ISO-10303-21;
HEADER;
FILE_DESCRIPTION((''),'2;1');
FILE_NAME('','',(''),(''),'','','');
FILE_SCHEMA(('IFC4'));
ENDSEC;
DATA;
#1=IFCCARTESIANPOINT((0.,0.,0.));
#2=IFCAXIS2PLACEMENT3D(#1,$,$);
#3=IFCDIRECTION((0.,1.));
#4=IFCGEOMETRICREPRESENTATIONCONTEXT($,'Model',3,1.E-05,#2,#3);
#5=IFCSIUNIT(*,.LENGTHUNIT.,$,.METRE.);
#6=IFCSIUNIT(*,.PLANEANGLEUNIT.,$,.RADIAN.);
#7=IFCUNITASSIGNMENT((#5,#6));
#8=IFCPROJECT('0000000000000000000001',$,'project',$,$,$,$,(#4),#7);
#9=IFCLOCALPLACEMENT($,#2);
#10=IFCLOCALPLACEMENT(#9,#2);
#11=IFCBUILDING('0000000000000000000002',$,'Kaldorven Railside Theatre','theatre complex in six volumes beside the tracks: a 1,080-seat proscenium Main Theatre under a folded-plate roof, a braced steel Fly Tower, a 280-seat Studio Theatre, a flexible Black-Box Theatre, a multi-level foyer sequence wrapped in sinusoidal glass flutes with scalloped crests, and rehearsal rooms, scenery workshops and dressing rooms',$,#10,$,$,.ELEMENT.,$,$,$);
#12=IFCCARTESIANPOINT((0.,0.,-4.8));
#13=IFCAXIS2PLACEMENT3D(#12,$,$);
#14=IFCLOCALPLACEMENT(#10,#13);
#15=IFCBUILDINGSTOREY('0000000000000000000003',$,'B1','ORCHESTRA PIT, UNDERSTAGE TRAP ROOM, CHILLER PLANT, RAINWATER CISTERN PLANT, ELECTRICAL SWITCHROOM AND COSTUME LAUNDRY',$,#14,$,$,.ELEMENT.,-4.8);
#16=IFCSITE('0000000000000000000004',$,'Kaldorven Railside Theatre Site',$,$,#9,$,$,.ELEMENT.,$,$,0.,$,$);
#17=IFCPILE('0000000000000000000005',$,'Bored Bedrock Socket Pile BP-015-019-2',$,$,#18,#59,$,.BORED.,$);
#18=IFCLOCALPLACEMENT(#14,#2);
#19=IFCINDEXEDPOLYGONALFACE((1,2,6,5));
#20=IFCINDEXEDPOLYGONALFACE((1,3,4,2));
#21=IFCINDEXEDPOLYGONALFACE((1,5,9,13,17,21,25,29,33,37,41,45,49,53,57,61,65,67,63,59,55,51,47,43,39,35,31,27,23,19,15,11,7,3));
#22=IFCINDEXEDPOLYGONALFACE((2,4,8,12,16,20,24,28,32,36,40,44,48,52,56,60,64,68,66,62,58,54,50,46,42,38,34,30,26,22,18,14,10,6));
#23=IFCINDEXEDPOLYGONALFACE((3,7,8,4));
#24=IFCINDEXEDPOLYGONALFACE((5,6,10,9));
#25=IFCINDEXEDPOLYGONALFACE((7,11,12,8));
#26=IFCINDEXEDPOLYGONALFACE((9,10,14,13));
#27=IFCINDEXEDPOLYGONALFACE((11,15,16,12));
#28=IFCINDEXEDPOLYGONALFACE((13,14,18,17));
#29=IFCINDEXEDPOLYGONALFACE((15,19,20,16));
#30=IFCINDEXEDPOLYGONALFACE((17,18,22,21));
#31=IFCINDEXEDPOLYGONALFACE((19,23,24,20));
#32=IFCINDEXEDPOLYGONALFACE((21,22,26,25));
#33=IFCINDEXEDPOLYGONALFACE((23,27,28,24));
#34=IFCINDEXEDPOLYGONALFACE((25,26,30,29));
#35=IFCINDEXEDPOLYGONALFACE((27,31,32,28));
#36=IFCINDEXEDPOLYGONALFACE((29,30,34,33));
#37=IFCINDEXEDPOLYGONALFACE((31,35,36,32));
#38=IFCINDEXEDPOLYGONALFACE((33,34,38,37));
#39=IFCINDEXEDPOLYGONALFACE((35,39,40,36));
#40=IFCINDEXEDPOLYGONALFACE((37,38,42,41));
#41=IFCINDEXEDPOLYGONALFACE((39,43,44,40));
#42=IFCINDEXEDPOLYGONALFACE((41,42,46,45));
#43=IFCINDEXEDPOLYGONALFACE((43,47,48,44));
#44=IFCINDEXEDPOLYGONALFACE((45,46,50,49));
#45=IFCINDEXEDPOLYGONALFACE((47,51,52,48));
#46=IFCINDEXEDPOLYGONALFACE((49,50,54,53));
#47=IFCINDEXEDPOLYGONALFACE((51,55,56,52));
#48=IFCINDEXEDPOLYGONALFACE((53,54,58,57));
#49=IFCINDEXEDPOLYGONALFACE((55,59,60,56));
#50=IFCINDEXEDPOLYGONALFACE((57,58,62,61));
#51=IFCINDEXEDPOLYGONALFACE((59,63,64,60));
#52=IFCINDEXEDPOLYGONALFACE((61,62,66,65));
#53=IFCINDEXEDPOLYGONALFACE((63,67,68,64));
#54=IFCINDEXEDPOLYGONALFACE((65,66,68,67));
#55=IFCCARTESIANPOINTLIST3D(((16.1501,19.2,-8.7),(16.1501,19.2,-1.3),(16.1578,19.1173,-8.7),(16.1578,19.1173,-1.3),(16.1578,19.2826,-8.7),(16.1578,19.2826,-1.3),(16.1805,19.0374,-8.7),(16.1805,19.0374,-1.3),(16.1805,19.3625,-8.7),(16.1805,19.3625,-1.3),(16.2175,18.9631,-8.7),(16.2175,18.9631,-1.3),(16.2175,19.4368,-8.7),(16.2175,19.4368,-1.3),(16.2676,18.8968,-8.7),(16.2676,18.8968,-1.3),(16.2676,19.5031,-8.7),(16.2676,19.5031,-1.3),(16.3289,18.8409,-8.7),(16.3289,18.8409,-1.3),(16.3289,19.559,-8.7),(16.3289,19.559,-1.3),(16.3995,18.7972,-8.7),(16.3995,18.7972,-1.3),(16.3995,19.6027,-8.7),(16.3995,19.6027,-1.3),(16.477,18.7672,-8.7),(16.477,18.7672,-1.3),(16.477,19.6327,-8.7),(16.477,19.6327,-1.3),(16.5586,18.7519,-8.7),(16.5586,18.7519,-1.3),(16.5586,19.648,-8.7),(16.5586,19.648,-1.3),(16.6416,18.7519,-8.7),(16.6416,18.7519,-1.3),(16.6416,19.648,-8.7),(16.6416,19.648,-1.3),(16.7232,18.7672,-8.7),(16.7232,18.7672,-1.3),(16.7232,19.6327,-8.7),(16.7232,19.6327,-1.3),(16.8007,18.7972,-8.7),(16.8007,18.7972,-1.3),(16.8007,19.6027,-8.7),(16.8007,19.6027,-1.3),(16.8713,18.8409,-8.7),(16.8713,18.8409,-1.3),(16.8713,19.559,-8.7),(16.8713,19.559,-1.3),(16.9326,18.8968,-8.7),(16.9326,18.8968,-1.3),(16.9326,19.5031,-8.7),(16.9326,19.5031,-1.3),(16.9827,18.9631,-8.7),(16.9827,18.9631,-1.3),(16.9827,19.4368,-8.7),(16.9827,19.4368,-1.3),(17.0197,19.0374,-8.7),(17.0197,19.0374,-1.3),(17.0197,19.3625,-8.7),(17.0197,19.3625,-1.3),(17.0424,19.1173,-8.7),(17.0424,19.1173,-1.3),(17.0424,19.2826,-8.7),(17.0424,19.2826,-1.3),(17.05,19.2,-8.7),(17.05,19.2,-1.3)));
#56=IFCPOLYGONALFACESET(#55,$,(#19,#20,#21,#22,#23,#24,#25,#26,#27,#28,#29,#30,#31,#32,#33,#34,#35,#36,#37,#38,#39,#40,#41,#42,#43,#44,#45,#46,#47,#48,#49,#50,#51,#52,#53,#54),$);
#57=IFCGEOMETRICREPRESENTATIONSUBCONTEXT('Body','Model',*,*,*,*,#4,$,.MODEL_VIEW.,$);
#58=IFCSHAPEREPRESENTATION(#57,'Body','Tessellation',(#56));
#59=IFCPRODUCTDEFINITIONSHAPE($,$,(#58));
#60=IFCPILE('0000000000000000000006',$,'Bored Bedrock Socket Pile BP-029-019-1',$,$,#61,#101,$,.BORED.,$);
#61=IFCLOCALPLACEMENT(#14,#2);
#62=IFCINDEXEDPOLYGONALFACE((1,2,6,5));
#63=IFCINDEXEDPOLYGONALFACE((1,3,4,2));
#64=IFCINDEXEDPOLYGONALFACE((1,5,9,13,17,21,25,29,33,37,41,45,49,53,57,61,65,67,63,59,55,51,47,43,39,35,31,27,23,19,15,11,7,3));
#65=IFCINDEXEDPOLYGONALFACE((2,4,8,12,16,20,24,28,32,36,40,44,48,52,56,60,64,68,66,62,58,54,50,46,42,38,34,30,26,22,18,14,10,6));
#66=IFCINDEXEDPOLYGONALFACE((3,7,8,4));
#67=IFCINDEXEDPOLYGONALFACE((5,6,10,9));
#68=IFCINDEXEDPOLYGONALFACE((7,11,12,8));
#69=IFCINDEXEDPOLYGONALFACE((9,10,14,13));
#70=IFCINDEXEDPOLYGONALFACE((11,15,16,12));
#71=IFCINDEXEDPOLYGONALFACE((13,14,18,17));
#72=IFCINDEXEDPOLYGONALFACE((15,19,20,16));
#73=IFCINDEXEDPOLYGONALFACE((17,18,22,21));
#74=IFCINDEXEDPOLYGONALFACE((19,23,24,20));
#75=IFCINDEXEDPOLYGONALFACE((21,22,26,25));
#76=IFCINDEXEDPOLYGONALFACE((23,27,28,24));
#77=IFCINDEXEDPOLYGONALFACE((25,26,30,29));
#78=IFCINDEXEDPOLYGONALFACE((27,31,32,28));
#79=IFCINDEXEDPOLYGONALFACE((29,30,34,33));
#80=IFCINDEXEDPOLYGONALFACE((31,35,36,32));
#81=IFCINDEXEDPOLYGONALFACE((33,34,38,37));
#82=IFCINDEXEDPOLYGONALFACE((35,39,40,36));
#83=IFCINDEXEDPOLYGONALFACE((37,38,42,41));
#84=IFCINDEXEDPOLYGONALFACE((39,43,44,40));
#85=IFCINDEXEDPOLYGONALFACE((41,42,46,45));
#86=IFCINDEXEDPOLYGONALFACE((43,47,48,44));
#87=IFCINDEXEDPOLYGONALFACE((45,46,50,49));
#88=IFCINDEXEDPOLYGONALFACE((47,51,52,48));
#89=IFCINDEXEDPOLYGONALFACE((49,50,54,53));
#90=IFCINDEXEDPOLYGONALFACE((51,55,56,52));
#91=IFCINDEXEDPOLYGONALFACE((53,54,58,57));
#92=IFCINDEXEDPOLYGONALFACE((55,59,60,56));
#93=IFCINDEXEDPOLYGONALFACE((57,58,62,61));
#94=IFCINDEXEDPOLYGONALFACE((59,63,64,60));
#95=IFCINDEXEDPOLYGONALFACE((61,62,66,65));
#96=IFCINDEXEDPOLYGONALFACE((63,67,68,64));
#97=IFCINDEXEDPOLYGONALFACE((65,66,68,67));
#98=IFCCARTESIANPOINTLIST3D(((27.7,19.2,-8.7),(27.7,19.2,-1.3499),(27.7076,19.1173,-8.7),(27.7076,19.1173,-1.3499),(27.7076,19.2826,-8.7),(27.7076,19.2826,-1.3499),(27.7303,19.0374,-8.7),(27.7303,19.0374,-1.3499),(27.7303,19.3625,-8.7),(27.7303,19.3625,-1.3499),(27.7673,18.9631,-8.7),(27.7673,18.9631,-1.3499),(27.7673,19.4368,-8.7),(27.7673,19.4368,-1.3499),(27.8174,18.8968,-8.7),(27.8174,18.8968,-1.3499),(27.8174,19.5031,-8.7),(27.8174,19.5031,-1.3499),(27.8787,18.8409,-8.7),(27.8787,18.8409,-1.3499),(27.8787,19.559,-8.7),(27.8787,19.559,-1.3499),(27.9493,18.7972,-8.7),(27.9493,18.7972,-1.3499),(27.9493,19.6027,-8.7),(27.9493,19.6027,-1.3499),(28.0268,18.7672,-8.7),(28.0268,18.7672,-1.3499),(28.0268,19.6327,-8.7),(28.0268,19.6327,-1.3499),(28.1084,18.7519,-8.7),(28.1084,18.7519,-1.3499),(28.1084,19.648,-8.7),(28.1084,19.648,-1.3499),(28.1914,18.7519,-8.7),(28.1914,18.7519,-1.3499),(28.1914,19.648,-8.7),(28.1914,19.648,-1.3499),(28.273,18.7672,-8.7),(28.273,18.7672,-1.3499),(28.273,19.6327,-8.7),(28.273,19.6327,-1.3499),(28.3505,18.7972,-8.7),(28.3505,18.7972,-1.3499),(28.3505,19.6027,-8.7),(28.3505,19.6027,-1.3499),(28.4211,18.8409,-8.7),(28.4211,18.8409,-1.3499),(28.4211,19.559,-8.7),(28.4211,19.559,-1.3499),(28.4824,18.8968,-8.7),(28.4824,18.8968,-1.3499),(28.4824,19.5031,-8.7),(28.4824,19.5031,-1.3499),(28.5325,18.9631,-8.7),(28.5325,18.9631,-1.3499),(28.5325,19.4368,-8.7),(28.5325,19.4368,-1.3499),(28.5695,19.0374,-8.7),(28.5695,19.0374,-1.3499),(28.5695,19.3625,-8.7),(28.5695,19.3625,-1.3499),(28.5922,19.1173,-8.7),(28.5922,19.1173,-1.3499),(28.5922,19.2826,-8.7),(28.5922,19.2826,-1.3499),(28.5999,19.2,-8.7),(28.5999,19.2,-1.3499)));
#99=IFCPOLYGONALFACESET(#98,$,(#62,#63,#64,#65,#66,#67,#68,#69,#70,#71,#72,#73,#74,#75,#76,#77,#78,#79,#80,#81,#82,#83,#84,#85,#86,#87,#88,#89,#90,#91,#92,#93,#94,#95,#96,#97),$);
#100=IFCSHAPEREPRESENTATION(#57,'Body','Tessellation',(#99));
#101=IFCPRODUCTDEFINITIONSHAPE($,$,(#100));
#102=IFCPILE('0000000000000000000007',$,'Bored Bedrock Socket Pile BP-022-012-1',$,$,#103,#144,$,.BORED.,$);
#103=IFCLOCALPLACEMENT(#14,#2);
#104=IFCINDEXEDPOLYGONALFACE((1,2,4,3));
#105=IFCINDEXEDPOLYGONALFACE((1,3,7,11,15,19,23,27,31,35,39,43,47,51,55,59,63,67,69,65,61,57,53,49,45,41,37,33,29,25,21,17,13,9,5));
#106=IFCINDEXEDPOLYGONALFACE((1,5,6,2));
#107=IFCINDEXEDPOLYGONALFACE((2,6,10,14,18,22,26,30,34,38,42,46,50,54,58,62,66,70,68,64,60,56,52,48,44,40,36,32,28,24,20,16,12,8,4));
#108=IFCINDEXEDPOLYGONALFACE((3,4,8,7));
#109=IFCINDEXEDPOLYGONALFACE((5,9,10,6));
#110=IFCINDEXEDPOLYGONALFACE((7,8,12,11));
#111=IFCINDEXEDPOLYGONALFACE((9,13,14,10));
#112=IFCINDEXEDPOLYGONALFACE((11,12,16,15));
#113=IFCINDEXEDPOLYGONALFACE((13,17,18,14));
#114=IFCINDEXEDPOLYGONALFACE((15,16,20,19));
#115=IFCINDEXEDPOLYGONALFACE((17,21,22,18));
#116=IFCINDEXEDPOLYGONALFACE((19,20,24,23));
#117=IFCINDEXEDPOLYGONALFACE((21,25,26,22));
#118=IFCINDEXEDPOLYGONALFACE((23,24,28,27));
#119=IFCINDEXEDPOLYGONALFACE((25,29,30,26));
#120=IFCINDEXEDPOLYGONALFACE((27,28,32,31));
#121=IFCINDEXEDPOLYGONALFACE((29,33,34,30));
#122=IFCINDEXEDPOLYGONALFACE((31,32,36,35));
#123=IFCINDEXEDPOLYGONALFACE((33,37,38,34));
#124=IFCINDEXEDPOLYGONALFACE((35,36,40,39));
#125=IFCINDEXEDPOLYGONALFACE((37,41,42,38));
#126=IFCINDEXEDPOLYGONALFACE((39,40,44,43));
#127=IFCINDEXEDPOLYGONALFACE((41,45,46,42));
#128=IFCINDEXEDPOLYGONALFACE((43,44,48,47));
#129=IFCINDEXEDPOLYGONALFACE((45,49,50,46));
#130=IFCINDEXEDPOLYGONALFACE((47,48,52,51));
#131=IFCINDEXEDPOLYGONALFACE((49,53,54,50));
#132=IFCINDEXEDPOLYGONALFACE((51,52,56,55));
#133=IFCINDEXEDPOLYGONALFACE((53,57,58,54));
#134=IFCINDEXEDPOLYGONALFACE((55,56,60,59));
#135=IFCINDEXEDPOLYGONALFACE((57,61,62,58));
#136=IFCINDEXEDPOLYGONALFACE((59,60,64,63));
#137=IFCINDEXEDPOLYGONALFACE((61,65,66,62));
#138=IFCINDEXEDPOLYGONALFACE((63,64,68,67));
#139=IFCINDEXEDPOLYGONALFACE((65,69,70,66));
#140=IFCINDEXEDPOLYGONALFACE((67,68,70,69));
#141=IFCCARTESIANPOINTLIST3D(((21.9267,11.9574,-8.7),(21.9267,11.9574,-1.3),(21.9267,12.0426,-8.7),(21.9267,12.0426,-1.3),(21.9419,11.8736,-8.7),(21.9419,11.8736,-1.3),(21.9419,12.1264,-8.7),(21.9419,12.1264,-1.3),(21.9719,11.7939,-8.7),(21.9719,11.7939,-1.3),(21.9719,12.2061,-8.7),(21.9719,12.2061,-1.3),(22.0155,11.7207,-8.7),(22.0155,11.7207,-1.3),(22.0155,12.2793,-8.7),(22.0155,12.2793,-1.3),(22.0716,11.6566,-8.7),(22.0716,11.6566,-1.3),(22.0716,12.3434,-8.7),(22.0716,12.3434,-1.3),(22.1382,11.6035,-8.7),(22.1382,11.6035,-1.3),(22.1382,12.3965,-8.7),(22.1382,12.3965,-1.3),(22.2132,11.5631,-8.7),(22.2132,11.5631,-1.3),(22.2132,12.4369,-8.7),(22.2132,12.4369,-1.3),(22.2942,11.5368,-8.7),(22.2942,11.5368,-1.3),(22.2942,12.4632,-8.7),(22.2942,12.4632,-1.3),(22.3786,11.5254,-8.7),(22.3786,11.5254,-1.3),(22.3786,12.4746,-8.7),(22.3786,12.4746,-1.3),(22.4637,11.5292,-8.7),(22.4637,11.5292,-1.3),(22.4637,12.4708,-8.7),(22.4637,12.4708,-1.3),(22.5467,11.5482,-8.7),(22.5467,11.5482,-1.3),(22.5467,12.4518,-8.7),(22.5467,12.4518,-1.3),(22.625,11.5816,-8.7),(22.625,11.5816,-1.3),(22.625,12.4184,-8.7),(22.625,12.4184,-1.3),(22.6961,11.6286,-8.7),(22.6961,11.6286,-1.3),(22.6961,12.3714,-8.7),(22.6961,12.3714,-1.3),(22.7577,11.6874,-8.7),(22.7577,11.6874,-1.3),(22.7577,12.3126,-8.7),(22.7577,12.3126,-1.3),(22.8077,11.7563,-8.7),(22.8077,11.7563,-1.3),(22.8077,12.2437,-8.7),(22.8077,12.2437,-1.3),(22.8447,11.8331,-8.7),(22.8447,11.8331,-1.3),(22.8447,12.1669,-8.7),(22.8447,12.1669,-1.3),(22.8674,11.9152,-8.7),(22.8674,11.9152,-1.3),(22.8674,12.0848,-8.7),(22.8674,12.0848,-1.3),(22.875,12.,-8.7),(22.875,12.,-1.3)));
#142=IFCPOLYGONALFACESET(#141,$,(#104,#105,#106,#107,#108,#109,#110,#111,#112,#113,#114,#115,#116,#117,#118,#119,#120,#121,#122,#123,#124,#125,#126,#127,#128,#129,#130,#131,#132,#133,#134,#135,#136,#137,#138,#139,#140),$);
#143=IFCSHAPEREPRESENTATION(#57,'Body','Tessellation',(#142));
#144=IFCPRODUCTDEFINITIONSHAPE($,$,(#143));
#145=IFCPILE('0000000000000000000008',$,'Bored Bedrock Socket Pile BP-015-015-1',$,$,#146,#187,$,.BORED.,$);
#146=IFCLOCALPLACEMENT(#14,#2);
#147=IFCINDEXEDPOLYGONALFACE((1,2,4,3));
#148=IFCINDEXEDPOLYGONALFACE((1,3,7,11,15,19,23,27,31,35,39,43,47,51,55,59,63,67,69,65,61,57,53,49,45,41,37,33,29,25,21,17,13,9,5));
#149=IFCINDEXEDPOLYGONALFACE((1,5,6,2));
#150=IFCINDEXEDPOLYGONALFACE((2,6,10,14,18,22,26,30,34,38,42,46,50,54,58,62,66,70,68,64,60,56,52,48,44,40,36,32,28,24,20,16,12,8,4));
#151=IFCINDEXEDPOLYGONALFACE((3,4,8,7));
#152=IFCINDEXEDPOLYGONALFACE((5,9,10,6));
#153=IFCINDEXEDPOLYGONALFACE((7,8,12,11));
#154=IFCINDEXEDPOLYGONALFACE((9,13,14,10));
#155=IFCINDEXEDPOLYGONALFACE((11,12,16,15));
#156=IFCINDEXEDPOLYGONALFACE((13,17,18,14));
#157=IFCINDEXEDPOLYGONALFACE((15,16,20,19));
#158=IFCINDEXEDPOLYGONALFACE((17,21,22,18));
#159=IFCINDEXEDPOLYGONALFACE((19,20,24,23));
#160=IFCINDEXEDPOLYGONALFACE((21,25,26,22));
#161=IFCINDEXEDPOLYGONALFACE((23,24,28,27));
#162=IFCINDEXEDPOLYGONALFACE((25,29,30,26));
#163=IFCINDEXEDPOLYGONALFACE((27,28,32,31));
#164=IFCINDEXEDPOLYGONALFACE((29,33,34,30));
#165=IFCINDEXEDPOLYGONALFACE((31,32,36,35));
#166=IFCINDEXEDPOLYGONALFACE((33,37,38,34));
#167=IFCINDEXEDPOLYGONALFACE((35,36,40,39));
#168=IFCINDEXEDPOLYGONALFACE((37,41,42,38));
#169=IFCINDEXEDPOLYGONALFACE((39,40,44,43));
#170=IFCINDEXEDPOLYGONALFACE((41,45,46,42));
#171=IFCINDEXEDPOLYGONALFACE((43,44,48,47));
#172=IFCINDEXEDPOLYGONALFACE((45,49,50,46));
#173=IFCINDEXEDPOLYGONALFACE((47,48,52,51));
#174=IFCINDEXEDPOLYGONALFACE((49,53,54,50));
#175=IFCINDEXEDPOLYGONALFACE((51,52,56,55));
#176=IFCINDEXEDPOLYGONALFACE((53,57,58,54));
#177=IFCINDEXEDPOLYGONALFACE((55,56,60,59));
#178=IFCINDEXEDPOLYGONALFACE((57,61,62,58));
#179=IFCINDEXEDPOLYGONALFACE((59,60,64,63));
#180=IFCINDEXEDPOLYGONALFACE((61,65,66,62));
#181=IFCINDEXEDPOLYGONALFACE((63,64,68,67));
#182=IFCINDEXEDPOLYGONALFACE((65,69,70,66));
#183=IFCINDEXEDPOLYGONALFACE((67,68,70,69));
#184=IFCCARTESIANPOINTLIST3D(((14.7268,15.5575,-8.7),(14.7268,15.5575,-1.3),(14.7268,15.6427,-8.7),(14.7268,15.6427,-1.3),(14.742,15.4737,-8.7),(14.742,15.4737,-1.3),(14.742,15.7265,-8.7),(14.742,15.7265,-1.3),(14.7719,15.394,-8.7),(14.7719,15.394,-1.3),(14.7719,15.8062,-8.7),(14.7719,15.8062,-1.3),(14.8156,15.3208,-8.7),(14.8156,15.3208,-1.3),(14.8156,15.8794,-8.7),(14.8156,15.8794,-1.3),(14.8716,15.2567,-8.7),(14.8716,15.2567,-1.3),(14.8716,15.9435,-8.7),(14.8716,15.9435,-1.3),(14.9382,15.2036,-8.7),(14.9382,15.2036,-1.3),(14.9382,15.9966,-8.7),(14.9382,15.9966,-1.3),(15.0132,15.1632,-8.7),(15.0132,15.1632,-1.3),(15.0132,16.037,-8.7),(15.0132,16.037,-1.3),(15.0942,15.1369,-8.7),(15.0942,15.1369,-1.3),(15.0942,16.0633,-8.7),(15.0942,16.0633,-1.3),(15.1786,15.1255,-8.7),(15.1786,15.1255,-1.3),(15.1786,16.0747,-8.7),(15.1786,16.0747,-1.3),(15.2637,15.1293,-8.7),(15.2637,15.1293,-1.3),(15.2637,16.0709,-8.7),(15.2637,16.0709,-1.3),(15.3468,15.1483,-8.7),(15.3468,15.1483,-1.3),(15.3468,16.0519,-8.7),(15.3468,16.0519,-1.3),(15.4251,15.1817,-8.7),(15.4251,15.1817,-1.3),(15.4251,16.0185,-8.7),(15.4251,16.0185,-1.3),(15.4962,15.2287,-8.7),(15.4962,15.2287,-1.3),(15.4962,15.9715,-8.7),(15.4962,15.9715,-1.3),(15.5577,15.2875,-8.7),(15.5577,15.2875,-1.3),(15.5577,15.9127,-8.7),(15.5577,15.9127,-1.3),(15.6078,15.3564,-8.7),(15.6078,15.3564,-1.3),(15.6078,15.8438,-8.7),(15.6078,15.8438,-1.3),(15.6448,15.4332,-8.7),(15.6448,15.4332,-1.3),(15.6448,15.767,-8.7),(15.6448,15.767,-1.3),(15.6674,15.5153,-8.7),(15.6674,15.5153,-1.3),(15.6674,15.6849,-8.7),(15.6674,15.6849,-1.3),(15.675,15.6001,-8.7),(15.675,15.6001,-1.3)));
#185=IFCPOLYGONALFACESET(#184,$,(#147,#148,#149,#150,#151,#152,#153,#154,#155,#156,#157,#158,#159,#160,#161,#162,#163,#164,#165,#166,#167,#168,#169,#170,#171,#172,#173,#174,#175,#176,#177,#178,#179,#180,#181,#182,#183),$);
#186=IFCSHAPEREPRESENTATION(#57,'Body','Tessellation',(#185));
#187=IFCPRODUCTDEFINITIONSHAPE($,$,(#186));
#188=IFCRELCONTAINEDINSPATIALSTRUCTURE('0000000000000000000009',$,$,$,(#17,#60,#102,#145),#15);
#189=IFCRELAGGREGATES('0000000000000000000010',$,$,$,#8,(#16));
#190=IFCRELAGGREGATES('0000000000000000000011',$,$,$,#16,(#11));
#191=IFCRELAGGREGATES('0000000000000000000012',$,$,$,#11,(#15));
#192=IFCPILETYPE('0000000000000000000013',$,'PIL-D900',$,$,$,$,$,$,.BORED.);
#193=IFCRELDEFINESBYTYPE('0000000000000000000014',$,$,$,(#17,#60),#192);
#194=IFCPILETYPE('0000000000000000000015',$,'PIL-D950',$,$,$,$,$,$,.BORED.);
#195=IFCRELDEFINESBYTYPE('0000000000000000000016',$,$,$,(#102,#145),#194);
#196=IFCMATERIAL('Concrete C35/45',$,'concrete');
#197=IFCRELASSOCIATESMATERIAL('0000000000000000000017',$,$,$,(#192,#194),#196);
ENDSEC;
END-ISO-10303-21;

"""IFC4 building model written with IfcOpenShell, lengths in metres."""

from ifc_helpers import new_model, si_unit, direction, frame, origin, origin_2d, place, context, subcontext, project, spatial, circle, extrude, material, material_profile, profile_set, type_object, element, save


model = new_model("IFC4")

# Units and contexts
model_context = context("Model", 3, precision=1e-05, world=origin(), true_north=direction((0.0, 1.0)))
body_context = subcontext(model_context, "Body", "Model", "MODEL_VIEW")
ifc_project = project(units=[si_unit("LENGTHUNIT", "METRE"), si_unit("PLANEANGLEUNIT", "RADIAN")], contexts=[model_context])

# Site, building, storey
site_placement = place(None, origin())
site = spatial("IfcSite", under=ifc_project, at=site_placement, Name="Kaldorven Railside Theatre Site", CompositionType="ELEMENT", RefElevation=0.0)
building_placement = place(site_placement, origin())
building = spatial("IfcBuilding", under=site, at=building_placement, Name="Kaldorven Railside Theatre", Description="theatre complex in six volumes beside the tracks: a 1,080-seat proscenium Main Theatre under a folded-plate roof, a braced steel Fly Tower, a 280-seat Studio Theatre, a flexible Black-Box Theatre, a multi-level foyer sequence wrapped in sinusoidal glass flutes with scalloped crests, and rehearsal rooms, scenery workshops and dressing rooms", CompositionType="ELEMENT")
storey_placement = place(building_placement, frame((0.0, 0.0, -4.8)))
storey = spatial("IfcBuildingStorey", under=building, at=storey_placement, Name="B1", Description="ORCHESTRA PIT, UNDERSTAGE TRAP ROOM, CHILLER PLANT, RAINWATER CISTERN PLANT, ELECTRICAL SWITCHROOM AND COSTUME LAUNDRY", CompositionType="ELEMENT", Elevation=-4.8)

# Piles
ifc_material_1 = material(Name="Concrete C35/45", Category="concrete")
ifc_material_profile_1 = material_profile(ifc_material_1, circle(Radius=0.45, at=origin_2d()), Name="BP D900")
ifc_profile_set_1 = profile_set([ifc_material_profile_1], Name="Concrete C35/45")
pile_type_1 = type_object("IfcPileType", Name="PIL-D900", PredefinedType="BORED", material=ifc_profile_set_1)
for number, where, z_axis, x_axis, name in (
    (1, (16.6001, 19.2, -1.3), (0.0, 0.0, -1.0), (1.0, 0.0, 0.0), "Bored Bedrock Socket Pile BP-015-019-2"),
):
    element("IfcPile", number, at=place(storey_placement, frame(where, z_axis=z_axis, x_axis=x_axis)), inside=storey, type_object=pile_type_1, Name=name, PredefinedType="BORED", context=body_context, shape_type="SweptSolid", body=[
        extrude(circle(Radius=0.45, at=origin_2d()), origin(), (0.0, 0.0, 1.0), 7.3999),
    ])
pile_placement = place(storey_placement, frame((28.1499, 19.2, -1.3499), z_axis=(0.0, 0.0, -1.0), x_axis=(1.0, 0.0, 0.0)))
element("IfcPile", 2, at=pile_placement, inside=storey, type_object=pile_type_1, Name="Bored Bedrock Socket Pile BP-029-019-1", PredefinedType="BORED", context=body_context, shape_type="SweptSolid", body=[
    extrude(circle(Radius=0.45, at=origin_2d()), origin(), (0.0, 0.0, 1.0), 7.3501),
])
ifc_material_profile_2 = material_profile(ifc_material_1, circle(Radius=0.4751, at=origin_2d()), Name="BP D950")
ifc_profile_set_2 = profile_set([ifc_material_profile_2], Name="Concrete C35/45")
pile_type_2 = type_object("IfcPileType", Name="PIL-D950", PredefinedType="BORED", material=ifc_profile_set_2)
for number, where, z_axis, x_axis, name in (
    (3, (22.3999, 12.0, -1.3), (0.0, 0.0, -1.0), (1.0, 0.0, 0.0), "Bored Bedrock Socket Pile BP-022-012-1"),
    (4, (15.2, 15.6001, -1.3), (0.0, 0.0, -1.0), (1.0, 0.0, 0.0), "Bored Bedrock Socket Pile BP-015-015-1"),
):
    element("IfcPile", number, at=place(storey_placement, frame(where, z_axis=z_axis, x_axis=x_axis)), inside=storey, type_object=pile_type_2, Name=name, PredefinedType="BORED", context=body_context, shape_type="SweptSolid", body=[
        extrude(circle(Radius=0.4751, at=origin_2d()), origin(), (0.0, 0.0, 1.0), 7.3999),
    ])

save(model, "model.ifc")
